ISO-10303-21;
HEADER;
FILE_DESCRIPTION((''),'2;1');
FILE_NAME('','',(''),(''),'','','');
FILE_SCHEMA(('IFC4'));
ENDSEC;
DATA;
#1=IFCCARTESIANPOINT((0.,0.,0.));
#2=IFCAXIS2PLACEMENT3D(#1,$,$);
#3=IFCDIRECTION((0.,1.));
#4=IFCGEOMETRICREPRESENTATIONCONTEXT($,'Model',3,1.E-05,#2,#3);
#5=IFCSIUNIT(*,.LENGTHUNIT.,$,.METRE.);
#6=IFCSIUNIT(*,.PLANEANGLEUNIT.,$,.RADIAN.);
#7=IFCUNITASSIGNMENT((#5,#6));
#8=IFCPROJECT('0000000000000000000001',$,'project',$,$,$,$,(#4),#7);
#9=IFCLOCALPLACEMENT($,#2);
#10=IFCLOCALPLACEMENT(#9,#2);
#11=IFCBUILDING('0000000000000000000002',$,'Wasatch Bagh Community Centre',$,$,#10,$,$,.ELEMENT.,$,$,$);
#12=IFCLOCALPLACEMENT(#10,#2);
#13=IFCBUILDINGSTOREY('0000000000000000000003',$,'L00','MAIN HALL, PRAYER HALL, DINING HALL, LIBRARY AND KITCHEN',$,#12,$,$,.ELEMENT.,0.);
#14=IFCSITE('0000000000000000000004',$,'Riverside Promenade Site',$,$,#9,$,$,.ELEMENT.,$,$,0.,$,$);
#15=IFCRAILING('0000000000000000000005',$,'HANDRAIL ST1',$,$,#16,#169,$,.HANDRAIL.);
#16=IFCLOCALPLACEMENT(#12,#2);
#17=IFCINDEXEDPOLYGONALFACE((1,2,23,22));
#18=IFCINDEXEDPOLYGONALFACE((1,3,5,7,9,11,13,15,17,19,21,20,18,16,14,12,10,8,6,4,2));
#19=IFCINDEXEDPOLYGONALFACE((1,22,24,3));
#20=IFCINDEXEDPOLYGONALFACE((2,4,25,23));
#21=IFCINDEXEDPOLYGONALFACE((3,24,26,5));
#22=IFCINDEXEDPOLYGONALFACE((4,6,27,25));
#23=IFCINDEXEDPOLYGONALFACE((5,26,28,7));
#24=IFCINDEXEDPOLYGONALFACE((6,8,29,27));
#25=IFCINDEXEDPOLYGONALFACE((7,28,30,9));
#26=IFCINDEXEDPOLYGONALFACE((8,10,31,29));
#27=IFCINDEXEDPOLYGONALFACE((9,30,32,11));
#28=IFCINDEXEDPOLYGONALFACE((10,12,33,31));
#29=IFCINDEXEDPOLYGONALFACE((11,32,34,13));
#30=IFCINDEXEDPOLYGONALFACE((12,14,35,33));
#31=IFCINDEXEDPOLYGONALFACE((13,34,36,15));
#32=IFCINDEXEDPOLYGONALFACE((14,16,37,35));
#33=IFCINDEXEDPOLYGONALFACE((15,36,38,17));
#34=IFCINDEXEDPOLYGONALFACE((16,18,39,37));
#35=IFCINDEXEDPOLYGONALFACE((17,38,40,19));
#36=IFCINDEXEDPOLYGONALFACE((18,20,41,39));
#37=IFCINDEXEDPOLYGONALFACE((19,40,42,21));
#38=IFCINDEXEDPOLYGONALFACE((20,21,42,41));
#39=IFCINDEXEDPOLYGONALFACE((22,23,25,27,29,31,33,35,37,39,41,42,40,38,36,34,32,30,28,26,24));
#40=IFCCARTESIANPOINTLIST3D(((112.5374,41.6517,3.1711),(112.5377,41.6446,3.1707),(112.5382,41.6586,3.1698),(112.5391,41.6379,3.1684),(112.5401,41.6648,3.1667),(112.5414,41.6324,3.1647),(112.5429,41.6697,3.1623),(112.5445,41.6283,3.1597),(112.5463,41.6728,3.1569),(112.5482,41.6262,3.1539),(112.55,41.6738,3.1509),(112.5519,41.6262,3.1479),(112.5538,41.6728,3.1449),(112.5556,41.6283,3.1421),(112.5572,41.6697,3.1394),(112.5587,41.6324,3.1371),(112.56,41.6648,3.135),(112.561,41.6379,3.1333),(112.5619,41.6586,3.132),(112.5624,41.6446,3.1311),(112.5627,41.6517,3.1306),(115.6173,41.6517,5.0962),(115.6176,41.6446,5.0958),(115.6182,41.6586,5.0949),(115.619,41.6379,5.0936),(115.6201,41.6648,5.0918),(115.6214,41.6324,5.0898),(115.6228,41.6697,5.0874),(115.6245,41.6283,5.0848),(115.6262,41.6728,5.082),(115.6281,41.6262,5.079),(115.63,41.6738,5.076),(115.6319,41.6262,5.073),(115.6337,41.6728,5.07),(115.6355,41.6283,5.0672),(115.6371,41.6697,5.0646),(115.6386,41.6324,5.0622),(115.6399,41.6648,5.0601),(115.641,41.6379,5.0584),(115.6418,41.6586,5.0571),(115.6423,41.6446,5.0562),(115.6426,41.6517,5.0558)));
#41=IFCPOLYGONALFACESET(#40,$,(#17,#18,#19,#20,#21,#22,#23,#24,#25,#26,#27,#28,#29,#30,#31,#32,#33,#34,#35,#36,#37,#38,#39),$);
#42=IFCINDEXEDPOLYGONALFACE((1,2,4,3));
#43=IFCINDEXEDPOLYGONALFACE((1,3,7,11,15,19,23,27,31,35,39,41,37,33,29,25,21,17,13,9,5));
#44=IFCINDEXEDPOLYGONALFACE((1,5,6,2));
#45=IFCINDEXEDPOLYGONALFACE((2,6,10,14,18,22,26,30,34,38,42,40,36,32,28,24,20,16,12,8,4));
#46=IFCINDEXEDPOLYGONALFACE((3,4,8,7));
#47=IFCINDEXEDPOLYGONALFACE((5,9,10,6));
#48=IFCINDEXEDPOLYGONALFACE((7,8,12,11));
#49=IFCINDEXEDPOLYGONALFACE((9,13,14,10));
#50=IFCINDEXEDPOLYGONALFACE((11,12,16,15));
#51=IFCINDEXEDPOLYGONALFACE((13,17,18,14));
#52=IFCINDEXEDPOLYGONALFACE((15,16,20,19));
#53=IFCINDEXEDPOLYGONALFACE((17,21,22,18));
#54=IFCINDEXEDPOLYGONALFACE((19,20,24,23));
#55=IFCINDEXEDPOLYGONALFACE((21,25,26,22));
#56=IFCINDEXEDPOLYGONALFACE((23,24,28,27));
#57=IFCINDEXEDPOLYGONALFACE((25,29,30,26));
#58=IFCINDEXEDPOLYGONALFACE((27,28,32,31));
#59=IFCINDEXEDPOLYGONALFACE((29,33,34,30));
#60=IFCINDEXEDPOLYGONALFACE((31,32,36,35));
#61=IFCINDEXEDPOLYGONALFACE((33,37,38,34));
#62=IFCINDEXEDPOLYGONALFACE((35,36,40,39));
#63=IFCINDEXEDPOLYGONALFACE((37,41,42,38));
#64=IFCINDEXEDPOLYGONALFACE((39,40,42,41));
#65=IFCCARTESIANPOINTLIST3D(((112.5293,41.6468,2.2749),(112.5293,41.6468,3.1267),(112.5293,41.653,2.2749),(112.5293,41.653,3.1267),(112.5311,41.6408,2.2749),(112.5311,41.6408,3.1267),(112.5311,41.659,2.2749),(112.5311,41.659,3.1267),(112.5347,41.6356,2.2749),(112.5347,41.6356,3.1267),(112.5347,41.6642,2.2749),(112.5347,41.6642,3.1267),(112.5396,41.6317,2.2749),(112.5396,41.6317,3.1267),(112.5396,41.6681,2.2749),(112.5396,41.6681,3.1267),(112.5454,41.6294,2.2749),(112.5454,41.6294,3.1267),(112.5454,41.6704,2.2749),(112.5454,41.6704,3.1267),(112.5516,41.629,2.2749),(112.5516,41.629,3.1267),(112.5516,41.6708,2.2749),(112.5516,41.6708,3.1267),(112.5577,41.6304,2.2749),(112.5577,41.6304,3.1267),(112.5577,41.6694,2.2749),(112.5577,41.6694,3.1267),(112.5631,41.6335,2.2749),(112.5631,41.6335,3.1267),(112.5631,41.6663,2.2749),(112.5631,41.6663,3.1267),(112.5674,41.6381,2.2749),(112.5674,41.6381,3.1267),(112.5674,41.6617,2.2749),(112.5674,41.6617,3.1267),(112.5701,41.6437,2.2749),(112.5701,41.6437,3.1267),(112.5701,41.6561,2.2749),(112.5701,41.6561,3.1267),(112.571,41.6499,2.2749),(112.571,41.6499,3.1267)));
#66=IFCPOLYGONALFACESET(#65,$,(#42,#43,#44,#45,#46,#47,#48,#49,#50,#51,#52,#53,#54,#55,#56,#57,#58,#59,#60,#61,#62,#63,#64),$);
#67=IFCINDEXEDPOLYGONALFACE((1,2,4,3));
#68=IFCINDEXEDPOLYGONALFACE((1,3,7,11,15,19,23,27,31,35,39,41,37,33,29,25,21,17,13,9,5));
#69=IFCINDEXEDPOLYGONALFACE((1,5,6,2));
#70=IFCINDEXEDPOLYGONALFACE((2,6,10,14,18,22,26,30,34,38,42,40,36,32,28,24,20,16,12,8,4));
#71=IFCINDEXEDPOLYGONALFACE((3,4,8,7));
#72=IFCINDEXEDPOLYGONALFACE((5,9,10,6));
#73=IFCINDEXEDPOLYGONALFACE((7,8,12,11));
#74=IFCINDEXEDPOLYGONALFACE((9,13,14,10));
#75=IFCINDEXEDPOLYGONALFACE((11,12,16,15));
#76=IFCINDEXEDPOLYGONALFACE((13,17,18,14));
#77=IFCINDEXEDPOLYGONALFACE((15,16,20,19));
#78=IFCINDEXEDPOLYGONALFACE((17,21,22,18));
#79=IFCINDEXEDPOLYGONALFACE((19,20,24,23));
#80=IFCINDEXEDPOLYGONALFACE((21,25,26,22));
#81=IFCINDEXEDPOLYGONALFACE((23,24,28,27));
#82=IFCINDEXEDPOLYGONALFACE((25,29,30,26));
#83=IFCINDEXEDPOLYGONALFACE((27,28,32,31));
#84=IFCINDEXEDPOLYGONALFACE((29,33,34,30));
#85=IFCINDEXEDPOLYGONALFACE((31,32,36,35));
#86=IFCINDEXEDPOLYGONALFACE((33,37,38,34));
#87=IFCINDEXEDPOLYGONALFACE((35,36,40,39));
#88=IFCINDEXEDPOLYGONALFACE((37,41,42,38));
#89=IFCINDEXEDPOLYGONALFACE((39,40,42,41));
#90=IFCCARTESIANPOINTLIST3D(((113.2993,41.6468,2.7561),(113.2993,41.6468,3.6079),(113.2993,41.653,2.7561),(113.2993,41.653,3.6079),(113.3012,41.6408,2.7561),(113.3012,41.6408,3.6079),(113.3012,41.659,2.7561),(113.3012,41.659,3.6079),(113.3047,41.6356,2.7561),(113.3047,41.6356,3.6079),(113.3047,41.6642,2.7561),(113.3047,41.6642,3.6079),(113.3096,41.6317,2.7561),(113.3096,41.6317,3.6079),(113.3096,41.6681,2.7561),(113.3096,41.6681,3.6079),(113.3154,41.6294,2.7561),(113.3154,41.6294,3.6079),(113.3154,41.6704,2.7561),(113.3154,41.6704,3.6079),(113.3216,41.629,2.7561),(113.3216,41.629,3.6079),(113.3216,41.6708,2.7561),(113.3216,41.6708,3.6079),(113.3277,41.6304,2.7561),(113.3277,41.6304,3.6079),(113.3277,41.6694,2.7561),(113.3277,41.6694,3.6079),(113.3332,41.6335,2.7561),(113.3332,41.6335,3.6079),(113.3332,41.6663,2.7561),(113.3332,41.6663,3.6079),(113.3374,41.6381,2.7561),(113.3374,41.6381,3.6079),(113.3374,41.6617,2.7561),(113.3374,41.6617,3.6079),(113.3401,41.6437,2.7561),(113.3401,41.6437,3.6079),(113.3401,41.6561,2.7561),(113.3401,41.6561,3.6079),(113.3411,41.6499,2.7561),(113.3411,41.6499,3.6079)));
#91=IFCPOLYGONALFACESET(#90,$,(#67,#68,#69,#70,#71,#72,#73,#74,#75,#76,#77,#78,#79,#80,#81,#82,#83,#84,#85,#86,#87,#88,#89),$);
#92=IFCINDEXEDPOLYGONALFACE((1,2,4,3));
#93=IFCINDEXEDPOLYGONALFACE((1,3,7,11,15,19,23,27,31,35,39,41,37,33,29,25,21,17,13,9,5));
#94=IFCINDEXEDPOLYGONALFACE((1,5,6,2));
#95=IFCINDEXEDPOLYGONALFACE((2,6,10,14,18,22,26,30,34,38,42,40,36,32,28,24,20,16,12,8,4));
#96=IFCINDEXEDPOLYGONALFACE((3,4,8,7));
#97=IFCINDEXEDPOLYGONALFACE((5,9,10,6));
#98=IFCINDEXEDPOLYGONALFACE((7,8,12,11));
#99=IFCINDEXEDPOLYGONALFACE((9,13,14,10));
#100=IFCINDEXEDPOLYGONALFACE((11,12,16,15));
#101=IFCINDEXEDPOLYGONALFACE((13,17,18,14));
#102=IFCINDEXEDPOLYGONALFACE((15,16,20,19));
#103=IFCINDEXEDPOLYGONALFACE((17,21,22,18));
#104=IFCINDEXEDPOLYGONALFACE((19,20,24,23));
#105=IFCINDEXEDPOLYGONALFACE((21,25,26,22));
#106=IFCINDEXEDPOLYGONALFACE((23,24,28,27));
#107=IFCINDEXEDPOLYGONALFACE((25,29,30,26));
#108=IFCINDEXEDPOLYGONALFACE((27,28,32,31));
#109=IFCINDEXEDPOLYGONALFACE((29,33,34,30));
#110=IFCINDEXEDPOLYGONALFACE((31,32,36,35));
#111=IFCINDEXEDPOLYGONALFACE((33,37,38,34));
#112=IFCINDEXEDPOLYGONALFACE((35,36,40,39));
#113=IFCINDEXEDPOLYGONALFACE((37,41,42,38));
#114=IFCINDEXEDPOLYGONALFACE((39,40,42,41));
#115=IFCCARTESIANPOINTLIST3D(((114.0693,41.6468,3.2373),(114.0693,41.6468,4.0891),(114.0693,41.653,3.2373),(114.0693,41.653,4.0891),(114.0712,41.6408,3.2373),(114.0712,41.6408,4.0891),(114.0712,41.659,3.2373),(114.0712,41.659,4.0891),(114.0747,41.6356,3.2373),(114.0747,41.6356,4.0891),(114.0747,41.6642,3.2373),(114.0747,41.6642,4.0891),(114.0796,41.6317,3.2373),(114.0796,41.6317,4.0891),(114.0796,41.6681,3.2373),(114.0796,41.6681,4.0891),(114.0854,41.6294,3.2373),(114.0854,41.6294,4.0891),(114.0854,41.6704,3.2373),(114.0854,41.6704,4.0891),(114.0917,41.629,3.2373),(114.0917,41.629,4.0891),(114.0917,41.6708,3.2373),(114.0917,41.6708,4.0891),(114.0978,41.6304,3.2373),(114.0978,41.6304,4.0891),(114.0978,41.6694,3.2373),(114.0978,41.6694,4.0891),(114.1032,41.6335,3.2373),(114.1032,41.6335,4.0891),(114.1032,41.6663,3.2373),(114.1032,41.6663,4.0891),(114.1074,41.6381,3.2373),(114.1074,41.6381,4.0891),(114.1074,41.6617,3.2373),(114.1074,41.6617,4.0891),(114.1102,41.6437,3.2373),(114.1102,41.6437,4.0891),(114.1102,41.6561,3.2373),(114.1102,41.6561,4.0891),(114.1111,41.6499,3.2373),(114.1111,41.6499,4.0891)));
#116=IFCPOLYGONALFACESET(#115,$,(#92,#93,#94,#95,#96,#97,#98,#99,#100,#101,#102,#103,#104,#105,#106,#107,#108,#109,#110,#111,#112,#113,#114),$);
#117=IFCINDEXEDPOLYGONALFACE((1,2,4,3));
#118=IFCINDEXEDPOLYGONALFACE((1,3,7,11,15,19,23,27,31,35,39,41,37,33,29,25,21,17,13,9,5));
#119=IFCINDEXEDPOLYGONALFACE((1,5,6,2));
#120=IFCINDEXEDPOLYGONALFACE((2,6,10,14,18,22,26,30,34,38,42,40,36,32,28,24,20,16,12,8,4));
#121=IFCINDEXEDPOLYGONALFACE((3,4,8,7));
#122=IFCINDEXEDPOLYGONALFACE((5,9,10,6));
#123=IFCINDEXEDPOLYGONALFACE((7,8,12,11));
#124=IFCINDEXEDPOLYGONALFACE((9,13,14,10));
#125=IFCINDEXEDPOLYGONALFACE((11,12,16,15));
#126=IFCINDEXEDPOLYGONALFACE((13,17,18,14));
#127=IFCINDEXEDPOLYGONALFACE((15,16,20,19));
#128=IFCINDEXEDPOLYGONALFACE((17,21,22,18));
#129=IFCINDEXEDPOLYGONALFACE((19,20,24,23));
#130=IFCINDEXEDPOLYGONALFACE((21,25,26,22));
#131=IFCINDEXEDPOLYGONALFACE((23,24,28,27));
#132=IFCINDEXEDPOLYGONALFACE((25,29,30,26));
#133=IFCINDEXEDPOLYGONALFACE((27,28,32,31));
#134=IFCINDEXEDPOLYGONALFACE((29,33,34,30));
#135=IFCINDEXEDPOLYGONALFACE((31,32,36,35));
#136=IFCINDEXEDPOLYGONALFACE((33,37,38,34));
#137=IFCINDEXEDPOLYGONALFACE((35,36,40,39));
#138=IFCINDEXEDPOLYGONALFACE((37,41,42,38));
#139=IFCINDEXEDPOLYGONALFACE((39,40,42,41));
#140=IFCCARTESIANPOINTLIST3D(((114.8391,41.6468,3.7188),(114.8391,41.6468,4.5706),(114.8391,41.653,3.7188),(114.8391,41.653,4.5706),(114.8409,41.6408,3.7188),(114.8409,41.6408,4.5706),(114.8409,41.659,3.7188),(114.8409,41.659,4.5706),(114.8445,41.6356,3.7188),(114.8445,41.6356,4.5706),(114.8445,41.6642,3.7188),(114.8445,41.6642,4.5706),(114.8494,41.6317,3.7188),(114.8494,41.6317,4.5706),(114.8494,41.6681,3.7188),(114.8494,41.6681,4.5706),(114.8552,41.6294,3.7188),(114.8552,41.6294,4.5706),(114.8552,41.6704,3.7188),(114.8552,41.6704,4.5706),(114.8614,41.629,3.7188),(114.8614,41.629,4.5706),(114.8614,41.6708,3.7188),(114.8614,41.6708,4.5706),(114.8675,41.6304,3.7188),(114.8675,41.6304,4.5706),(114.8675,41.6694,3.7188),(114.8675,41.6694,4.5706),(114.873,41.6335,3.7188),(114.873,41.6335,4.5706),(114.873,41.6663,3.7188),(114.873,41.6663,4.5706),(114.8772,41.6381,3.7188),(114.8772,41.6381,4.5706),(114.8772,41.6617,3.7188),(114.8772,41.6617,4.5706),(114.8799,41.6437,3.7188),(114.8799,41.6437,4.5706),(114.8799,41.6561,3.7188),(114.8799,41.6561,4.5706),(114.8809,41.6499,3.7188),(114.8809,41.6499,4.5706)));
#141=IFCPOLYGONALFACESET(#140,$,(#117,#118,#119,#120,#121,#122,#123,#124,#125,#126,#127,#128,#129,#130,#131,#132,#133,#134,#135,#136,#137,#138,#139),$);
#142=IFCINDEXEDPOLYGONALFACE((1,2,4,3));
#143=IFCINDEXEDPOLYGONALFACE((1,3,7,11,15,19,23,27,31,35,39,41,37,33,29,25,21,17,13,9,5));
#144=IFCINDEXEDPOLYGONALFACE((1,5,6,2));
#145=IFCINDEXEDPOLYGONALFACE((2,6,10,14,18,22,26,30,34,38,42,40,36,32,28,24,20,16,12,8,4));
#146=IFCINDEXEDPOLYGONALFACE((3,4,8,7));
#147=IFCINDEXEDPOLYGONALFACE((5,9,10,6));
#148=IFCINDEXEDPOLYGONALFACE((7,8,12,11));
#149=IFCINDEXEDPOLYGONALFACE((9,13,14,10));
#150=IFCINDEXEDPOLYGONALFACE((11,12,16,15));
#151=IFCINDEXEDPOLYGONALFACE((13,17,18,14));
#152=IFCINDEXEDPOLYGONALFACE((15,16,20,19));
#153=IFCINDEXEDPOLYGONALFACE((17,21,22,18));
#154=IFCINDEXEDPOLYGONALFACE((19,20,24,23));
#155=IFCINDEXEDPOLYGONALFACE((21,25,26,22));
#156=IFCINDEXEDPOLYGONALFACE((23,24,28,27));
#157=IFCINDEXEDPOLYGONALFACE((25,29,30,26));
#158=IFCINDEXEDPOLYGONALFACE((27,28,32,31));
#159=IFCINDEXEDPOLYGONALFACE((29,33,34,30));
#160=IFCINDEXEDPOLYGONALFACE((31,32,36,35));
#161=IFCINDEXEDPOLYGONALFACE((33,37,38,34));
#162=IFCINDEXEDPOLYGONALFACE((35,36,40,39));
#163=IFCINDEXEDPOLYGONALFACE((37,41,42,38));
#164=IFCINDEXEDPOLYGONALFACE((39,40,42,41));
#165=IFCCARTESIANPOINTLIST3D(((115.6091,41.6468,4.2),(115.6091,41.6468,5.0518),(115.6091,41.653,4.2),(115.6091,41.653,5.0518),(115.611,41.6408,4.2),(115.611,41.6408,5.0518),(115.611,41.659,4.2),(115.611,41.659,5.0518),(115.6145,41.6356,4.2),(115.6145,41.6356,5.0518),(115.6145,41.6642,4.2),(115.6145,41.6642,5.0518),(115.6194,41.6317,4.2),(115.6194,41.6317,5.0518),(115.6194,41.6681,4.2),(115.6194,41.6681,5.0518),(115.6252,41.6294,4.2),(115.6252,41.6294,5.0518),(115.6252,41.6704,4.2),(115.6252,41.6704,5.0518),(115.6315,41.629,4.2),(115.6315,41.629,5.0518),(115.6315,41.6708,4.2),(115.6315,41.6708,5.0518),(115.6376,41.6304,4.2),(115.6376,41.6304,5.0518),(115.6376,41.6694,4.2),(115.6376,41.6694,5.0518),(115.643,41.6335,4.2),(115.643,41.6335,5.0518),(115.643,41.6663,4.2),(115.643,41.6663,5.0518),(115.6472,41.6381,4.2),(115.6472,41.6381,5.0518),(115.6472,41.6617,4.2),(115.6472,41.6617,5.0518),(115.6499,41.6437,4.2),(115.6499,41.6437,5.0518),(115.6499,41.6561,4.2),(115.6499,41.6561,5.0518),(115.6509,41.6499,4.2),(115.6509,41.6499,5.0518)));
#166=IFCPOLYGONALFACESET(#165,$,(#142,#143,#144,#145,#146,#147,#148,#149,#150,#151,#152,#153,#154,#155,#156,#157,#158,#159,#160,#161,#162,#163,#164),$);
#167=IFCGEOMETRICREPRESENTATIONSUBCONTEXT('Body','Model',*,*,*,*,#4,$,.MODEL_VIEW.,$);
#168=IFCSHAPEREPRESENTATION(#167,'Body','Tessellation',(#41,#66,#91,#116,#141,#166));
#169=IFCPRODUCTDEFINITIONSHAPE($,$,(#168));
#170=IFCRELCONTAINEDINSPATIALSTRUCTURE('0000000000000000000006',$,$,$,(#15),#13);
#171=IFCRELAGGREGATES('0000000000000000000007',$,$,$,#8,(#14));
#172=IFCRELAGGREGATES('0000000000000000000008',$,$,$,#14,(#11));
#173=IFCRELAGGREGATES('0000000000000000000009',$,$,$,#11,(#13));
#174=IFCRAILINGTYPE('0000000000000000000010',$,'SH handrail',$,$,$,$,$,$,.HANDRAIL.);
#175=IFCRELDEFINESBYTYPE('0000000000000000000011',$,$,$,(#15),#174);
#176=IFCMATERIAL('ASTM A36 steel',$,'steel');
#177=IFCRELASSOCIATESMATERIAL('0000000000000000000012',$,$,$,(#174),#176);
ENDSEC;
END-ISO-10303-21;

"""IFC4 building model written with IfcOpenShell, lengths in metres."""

from ifc_helpers import new_model, si_unit, direction, frame, origin, origin_2d, place, context, subcontext, project, spatial, circle, extrude, material, type_object, element, save


model = new_model("IFC4")

# Units and contexts
model_context = context("Model", 3, precision=1e-05, world=origin(), true_north=direction((0.0, 1.0)))
body_context = subcontext(model_context, "Body", "Model", "MODEL_VIEW")
ifc_project = project(units=[si_unit("LENGTHUNIT", "METRE"), si_unit("PLANEANGLEUNIT", "RADIAN")], contexts=[model_context])

# Site, building, storey
site_placement = place(None, origin())
site = spatial("IfcSite", under=ifc_project, at=site_placement, Name="Riverside Promenade Site", CompositionType="ELEMENT", RefElevation=0.0)
building_placement = place(site_placement, origin())
building = spatial("IfcBuilding", under=site, at=building_placement, Name="Wasatch Bagh Community Centre", CompositionType="ELEMENT")
storey_placement = place(building_placement, origin())
storey = spatial("IfcBuildingStorey", under=building, at=storey_placement, Name="L00", Description="MAIN HALL, PRAYER HALL, DINING HALL, LIBRARY AND KITCHEN", CompositionType="ELEMENT", Elevation=0.0)

# Railing
ifc_material_1 = material(Name="ASTM A36 steel", Category="steel")
railing_type_1 = type_object("IfcRailingType", Name="SH handrail", PredefinedType="HANDRAIL", material=ifc_material_1)
for number, where, name in (
    (1, (112.55, 41.6499, 2.2749), "HANDRAIL ST1"),
):
    element("IfcRailing", number, at=place(storey_placement, frame(where)), inside=storey, type_object=railing_type_1, Name=name, PredefinedType="HANDRAIL", context=body_context, shape_type="SweptSolid", body=[
        extrude(circle(Radius=0.0239, at=origin_2d()), frame((0.0, 0.0, 0.876), z_axis=(0.847979, 0.0, 0.530029), x_axis=(0.0, 1.0, 0.0)), (0.0, 0.0, 1.0), 3.6321),
        extrude(circle(Radius=0.021, at=origin_2d()), origin(), (0.0, 0.0, 1.0), 0.8518),
        extrude(circle(Radius=0.021, at=origin_2d()), frame((0.77, 0.0, 0.4812)), (0.0, 0.0, 1.0), 0.8518),
        extrude(circle(Radius=0.021, at=origin_2d()), frame((1.54, 0.0, 0.9624)), (0.0, 0.0, 1.0), 0.8518),
        extrude(circle(Radius=0.021, at=origin_2d()), frame((2.3098, 0.0, 1.4438)), (0.0, 0.0, 1.0), 0.8518),
        extrude(circle(Radius=0.021, at=origin_2d()), frame((3.0798, 0.0, 1.925)), (0.0, 0.0, 1.0), 0.8518),
    ])

save(model, "model.ifc")
